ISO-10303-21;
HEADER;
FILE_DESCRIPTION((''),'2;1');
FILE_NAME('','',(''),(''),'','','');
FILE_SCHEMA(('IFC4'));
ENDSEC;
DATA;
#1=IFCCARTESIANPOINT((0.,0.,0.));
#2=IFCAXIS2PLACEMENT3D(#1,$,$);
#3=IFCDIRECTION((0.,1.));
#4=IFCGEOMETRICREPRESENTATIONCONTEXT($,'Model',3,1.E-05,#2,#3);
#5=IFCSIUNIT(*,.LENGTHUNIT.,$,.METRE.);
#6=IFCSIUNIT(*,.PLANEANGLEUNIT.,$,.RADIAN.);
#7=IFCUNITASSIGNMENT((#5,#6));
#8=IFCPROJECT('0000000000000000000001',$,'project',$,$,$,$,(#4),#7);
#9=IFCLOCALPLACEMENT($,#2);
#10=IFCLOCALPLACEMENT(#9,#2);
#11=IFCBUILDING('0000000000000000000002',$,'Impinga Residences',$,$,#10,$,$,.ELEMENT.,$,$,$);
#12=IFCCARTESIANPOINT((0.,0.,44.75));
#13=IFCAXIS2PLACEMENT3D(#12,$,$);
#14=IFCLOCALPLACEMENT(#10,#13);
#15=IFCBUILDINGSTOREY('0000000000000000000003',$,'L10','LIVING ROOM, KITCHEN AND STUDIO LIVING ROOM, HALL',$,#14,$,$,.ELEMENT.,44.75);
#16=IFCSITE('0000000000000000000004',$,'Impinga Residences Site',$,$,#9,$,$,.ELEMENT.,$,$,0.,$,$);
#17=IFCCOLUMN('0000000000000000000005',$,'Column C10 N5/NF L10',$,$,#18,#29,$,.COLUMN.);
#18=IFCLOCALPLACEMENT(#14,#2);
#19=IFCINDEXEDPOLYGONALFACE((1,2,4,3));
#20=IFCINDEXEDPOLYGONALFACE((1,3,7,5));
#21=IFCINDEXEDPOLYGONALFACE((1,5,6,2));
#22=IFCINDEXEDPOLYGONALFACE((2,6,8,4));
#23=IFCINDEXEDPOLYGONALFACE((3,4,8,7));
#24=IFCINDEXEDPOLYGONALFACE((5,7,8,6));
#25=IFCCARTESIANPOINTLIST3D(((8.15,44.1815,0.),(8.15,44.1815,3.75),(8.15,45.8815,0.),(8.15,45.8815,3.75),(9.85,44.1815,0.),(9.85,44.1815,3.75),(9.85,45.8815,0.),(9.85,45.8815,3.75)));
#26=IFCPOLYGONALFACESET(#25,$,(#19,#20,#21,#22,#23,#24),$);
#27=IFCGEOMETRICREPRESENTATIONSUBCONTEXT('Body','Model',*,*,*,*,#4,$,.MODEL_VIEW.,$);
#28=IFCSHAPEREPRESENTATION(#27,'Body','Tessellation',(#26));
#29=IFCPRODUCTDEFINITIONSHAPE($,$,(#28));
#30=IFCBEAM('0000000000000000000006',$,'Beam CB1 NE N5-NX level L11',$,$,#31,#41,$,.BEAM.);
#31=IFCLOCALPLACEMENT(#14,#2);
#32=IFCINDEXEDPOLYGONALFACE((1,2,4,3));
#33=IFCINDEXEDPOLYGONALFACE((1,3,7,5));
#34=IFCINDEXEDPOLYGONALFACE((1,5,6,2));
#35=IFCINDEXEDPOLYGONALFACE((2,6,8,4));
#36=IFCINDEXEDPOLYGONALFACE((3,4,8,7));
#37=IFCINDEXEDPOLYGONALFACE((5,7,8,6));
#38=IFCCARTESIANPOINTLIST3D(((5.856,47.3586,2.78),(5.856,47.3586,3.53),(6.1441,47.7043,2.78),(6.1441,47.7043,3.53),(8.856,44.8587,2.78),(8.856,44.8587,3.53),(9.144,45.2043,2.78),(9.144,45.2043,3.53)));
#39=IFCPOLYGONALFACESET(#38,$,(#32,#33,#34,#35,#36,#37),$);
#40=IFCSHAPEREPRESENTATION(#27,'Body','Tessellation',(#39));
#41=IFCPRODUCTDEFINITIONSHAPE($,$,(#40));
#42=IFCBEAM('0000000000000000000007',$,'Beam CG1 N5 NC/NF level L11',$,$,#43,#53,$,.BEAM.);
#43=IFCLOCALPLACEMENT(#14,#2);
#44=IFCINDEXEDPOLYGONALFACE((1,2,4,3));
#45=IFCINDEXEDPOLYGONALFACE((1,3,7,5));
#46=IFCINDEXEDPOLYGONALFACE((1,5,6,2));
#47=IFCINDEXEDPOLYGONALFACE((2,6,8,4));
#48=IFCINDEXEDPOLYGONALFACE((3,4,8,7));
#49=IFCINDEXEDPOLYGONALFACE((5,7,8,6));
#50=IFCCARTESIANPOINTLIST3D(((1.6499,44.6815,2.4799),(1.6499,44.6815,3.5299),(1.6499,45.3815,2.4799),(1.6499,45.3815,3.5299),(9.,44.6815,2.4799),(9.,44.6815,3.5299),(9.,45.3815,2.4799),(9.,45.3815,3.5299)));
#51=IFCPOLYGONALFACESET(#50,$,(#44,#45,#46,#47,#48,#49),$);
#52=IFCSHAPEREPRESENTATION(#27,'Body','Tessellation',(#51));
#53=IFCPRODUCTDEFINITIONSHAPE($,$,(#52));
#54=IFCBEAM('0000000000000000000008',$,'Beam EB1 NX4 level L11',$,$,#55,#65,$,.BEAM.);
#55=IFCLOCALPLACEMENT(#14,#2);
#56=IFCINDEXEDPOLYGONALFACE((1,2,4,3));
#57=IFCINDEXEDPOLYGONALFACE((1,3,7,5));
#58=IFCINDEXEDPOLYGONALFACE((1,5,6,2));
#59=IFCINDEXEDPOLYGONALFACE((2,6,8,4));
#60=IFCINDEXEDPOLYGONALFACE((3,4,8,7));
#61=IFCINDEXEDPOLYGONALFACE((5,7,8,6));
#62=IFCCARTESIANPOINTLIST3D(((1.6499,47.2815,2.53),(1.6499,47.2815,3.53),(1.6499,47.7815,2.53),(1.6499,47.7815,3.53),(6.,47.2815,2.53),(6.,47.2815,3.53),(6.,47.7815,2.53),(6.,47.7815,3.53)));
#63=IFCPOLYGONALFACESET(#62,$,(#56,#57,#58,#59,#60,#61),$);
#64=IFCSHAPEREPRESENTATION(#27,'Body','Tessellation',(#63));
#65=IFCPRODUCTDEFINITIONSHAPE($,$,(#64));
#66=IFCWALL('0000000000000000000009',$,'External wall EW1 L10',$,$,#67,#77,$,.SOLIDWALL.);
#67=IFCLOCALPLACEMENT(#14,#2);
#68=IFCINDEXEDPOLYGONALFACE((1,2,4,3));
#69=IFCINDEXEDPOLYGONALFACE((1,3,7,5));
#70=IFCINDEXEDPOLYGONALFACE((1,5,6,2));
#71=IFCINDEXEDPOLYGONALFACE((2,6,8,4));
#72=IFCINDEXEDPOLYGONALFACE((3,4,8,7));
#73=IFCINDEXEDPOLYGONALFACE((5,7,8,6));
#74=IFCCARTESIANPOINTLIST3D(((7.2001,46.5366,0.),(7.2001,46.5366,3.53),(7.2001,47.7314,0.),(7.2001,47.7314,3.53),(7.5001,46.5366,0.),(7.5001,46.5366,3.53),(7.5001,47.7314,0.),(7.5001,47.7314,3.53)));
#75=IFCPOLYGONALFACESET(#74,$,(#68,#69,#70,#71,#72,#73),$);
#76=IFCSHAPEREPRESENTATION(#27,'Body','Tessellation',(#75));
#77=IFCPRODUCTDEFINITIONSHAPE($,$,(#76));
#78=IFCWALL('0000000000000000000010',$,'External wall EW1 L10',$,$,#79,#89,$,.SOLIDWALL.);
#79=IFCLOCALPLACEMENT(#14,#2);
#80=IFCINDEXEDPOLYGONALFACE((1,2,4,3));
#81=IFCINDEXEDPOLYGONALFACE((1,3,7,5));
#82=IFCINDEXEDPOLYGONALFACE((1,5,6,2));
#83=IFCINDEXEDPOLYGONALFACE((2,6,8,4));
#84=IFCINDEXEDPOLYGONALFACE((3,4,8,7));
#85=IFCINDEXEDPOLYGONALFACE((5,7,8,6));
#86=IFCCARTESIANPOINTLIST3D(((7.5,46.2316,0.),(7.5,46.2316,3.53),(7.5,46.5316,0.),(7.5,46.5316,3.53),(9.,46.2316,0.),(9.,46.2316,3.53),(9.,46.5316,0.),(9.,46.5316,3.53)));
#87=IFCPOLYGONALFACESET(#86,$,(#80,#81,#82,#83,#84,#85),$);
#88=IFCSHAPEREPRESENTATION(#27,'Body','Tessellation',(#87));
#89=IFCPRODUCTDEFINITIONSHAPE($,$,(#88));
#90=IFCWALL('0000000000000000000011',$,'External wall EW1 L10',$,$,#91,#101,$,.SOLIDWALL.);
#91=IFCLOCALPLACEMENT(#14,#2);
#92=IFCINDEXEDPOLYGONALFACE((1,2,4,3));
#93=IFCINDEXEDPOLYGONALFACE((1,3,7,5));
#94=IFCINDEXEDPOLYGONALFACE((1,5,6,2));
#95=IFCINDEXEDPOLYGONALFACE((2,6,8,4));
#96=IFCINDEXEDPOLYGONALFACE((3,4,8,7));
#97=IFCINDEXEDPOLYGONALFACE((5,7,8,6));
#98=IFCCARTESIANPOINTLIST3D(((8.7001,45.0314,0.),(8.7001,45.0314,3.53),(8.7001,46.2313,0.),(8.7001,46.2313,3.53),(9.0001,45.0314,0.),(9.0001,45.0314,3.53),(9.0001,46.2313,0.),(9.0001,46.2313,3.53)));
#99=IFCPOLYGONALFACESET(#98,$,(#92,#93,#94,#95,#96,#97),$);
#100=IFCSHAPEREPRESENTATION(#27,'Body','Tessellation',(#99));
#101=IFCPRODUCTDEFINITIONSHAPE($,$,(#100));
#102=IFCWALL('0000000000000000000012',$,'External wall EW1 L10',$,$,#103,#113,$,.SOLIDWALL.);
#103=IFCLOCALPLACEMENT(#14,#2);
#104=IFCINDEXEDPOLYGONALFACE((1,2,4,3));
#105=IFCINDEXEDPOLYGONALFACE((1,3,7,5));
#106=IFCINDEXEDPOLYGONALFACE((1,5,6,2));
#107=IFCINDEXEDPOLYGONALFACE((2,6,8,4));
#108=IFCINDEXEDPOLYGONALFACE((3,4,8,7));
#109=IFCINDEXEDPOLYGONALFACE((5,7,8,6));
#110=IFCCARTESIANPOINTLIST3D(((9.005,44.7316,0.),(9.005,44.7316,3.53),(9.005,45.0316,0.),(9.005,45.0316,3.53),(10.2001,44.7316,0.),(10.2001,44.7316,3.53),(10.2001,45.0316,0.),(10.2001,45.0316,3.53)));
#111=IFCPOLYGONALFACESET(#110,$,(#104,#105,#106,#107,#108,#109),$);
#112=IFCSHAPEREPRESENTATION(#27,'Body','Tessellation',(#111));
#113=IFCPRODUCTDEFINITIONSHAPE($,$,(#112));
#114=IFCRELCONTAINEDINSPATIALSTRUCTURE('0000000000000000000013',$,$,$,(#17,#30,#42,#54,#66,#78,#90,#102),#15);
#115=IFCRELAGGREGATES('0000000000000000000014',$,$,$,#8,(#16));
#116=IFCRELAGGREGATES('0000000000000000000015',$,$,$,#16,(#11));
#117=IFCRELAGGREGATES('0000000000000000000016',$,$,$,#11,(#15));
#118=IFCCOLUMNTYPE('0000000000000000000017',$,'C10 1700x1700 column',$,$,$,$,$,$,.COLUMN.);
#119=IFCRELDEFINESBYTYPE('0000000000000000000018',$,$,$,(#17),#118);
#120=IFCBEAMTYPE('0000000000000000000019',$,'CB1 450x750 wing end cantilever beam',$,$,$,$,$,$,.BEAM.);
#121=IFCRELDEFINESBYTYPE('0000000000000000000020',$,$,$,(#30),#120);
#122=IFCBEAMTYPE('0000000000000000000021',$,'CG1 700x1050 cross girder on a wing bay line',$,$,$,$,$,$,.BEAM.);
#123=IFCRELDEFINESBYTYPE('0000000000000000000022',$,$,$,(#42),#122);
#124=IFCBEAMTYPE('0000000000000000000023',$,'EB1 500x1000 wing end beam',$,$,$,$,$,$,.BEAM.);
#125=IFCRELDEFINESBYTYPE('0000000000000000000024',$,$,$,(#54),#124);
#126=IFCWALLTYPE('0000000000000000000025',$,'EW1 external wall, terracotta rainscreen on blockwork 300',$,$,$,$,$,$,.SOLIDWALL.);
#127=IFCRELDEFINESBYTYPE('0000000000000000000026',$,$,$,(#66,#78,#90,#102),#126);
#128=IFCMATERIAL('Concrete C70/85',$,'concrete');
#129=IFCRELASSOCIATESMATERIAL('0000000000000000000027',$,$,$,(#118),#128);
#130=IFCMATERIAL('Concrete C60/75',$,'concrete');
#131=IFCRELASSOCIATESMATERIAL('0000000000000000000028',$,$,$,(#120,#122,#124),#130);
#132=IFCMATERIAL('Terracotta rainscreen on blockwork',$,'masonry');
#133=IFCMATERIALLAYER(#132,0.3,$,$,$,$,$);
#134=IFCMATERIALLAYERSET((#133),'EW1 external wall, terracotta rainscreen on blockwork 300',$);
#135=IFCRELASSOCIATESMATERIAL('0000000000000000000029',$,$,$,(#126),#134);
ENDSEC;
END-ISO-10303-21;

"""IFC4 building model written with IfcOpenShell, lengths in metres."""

from ifc_helpers import new_model, si_unit, direction, frame, frame_2d, origin, origin_2d, place, context, subcontext, project, spatial, rectangle, extrude, material, layer, layer_set, material_profile, profile_set, type_object, element, save


model = new_model("IFC4")

# Units and contexts
model_context = context("Model", 3, precision=1e-05, world=origin(), true_north=direction((0.0, 1.0)))
body_context = subcontext(model_context, "Body", "Model", "MODEL_VIEW")
ifc_project = project(units=[si_unit("LENGTHUNIT", "METRE"), si_unit("PLANEANGLEUNIT", "RADIAN")], contexts=[model_context])

# Site, building, storey
site_placement = place(None, origin())
site = spatial("IfcSite", under=ifc_project, at=site_placement, Name="Impinga Residences Site", CompositionType="ELEMENT", RefElevation=0.0)
building_placement = place(site_placement, origin())
building = spatial("IfcBuilding", under=site, at=building_placement, Name="Impinga Residences", CompositionType="ELEMENT")
storey_placement = place(building_placement, frame((0.0, 0.0, 44.75)))
storey = spatial("IfcBuildingStorey", under=building, at=storey_placement, Name="L10", Description="LIVING ROOM, KITCHEN AND STUDIO LIVING ROOM, HALL", CompositionType="ELEMENT", Elevation=44.75)

# Column
ifc_material_1 = material(Name="Concrete C70/85", Category="concrete")
ifc_material_profile_1 = material_profile(ifc_material_1, rectangle(XDim=1.7, YDim=1.7, at=origin_2d()), Name="RC 1700x1700")
ifc_profile_set_1 = profile_set([ifc_material_profile_1], Name="Concrete C70/85")
column_type = type_object("IfcColumnType", Name="C10 1700x1700 column", PredefinedType="COLUMN", material=ifc_profile_set_1)
column_placement = place(storey_placement, frame((9.0, 45.0315, 0.0), z_axis=(0.0, 0.0, 1.0), x_axis=(1.0, 0.0, 0.0)))
element("IfcColumn", 1, at=column_placement, inside=storey, type_object=column_type, Name="Column C10 N5/NF L10", PredefinedType="COLUMN", context=body_context, shape_type="SweptSolid", body=[
    extrude(rectangle(XDim=1.7, YDim=1.7, at=origin_2d()), origin(), (0.0, 0.0, 1.0), 3.75),
])

# Beams
ifc_material_2 = material(Name="Concrete C60/75", Category="concrete")
ifc_material_profile_2 = material_profile(ifc_material_2, rectangle(XDim=0.45, YDim=0.75, at=origin_2d()), Name="RC 450x750")
ifc_profile_set_2 = profile_set([ifc_material_profile_2], Name="Concrete C60/75")
beam_type_1 = type_object("IfcBeamType", Name="CB1 450x750 wing end cantilever beam", PredefinedType="BEAM", material=ifc_profile_set_2)
beam_1_placement = place(storey_placement, frame((9.0, 45.0315, 3.155), z_axis=(-0.768221, 0.640184, 0.0), x_axis=(-0.640184, -0.768221, 0.0)))
element("IfcBeam", 2, at=beam_1_placement, inside=storey, type_object=beam_type_1, Name="Beam CB1 NE N5-NX level L11", PredefinedType="BEAM", context=body_context, shape_type="SweptSolid", body=[
    extrude(rectangle(XDim=0.45, YDim=0.75, at=origin_2d()), origin(), (0.0, 0.0, 1.0), 3.905),
])
ifc_material_profile_3 = material_profile(ifc_material_2, rectangle(XDim=0.7, YDim=1.05, at=origin_2d()), Name="RC 700x1050")
ifc_profile_set_3 = profile_set([ifc_material_profile_3], Name="Concrete C60/75")
beam_type_2 = type_object("IfcBeamType", Name="CG1 700x1050 cross girder on a wing bay line", PredefinedType="BEAM", material=ifc_profile_set_3)
beam_2_placement = place(storey_placement, frame((1.6499, 45.0315, 3.0049), z_axis=(1.0, 0.0, 0.0), x_axis=(0.0, 1.0, 0.0)))
element("IfcBeam", 3, at=beam_2_placement, inside=storey, type_object=beam_type_2, Name="Beam CG1 N5 NC/NF level L11", PredefinedType="BEAM", context=body_context, shape_type="SweptSolid", body=[
    extrude(rectangle(XDim=0.7, YDim=1.05, at=origin_2d()), origin(), (0.0, 0.0, 1.0), 7.3501),
])
ifc_material_profile_4 = material_profile(ifc_material_2, rectangle(XDim=0.5, YDim=1.0, at=origin_2d()), Name="RC 500x1000")
ifc_profile_set_4 = profile_set([ifc_material_profile_4], Name="Concrete C60/75")
beam_type_3 = type_object("IfcBeamType", Name="EB1 500x1000 wing end beam", PredefinedType="BEAM", material=ifc_profile_set_4)
beam_3_placement = place(storey_placement, frame((1.6499, 47.5315, 3.03), z_axis=(1.0, 0.0, 0.0), x_axis=(0.0, 1.0, 0.0)))
element("IfcBeam", 4, at=beam_3_placement, inside=storey, type_object=beam_type_3, Name="Beam EB1 NX4 level L11", PredefinedType="BEAM", context=body_context, shape_type="SweptSolid", body=[
    extrude(rectangle(XDim=0.5, YDim=1.0, at=origin_2d()), origin(), (0.0, 0.0, 1.0), 4.3501),
])

# Walls
ifc_material_3 = material(Name="Terracotta rainscreen on blockwork", Category="masonry")
ifc_layer_1 = layer(ifc_material_3, 0.3)
ifc_layer_set_1 = layer_set([ifc_layer_1], Name="EW1 external wall, terracotta rainscreen on blockwork 300")
wall_type_1 = type_object("IfcWallType", Name="EW1 external wall, terracotta rainscreen on blockwork 300", PredefinedType="SOLIDWALL", material=ifc_layer_set_1)
wall_1_placement = place(storey_placement, frame((7.3501, 47.7314, 0.0), z_axis=(0.0, 0.0, 1.0), x_axis=(0.0, -1.0, 0.0)))
element("IfcWall", 5, at=wall_1_placement, inside=storey, type_object=wall_type_1, Name="External wall EW1 L10", PredefinedType="SOLIDWALL", context=body_context, shape_type="SweptSolid", body=[
    extrude(rectangle(XDim=1.1948, YDim=0.3, at=frame_2d((0.5974, 0.0))), origin(), (0.0, 0.0, 1.0), 3.53),
])
wall_2_placement = place(storey_placement, frame((7.5, 46.3816, 0.0), z_axis=(0.0, 0.0, 1.0), x_axis=(1.0, 0.0, 0.0)))
element("IfcWall", 6, at=wall_2_placement, inside=storey, type_object=wall_type_1, Name="External wall EW1 L10", PredefinedType="SOLIDWALL", context=body_context, shape_type="SweptSolid", body=[
    extrude(rectangle(XDim=1.5, YDim=0.3, at=frame_2d((0.75, 0.0))), origin(), (0.0, 0.0, 1.0), 3.53),
])
wall_3_placement = place(storey_placement, frame((8.8501, 46.2314, 0.0), z_axis=(0.0, 0.0, 1.0), x_axis=(0.0, -1.0, 0.0)))
element("IfcWall", 7, at=wall_3_placement, inside=storey, type_object=wall_type_1, Name="External wall EW1 L10", PredefinedType="SOLIDWALL", context=body_context, shape_type="SweptSolid", body=[
    extrude(rectangle(XDim=1.2, YDim=0.3, at=frame_2d((0.6001, 0.0))), origin(), (0.0, 0.0, 1.0), 3.53),
])
wall_4_placement = place(storey_placement, frame((9.0049, 44.8816, 0.0), z_axis=(0.0, 0.0, 1.0), x_axis=(1.0, 0.0, 0.0)))
element("IfcWall", 8, at=wall_4_placement, inside=storey, type_object=wall_type_1, Name="External wall EW1 L10", PredefinedType="SOLIDWALL", context=body_context, shape_type="SweptSolid", body=[
    extrude(rectangle(XDim=1.1951, YDim=0.3, at=frame_2d((0.5977, 0.0))), origin(), (0.0, 0.0, 1.0), 3.53),
])

save(model, "model.ifc")
